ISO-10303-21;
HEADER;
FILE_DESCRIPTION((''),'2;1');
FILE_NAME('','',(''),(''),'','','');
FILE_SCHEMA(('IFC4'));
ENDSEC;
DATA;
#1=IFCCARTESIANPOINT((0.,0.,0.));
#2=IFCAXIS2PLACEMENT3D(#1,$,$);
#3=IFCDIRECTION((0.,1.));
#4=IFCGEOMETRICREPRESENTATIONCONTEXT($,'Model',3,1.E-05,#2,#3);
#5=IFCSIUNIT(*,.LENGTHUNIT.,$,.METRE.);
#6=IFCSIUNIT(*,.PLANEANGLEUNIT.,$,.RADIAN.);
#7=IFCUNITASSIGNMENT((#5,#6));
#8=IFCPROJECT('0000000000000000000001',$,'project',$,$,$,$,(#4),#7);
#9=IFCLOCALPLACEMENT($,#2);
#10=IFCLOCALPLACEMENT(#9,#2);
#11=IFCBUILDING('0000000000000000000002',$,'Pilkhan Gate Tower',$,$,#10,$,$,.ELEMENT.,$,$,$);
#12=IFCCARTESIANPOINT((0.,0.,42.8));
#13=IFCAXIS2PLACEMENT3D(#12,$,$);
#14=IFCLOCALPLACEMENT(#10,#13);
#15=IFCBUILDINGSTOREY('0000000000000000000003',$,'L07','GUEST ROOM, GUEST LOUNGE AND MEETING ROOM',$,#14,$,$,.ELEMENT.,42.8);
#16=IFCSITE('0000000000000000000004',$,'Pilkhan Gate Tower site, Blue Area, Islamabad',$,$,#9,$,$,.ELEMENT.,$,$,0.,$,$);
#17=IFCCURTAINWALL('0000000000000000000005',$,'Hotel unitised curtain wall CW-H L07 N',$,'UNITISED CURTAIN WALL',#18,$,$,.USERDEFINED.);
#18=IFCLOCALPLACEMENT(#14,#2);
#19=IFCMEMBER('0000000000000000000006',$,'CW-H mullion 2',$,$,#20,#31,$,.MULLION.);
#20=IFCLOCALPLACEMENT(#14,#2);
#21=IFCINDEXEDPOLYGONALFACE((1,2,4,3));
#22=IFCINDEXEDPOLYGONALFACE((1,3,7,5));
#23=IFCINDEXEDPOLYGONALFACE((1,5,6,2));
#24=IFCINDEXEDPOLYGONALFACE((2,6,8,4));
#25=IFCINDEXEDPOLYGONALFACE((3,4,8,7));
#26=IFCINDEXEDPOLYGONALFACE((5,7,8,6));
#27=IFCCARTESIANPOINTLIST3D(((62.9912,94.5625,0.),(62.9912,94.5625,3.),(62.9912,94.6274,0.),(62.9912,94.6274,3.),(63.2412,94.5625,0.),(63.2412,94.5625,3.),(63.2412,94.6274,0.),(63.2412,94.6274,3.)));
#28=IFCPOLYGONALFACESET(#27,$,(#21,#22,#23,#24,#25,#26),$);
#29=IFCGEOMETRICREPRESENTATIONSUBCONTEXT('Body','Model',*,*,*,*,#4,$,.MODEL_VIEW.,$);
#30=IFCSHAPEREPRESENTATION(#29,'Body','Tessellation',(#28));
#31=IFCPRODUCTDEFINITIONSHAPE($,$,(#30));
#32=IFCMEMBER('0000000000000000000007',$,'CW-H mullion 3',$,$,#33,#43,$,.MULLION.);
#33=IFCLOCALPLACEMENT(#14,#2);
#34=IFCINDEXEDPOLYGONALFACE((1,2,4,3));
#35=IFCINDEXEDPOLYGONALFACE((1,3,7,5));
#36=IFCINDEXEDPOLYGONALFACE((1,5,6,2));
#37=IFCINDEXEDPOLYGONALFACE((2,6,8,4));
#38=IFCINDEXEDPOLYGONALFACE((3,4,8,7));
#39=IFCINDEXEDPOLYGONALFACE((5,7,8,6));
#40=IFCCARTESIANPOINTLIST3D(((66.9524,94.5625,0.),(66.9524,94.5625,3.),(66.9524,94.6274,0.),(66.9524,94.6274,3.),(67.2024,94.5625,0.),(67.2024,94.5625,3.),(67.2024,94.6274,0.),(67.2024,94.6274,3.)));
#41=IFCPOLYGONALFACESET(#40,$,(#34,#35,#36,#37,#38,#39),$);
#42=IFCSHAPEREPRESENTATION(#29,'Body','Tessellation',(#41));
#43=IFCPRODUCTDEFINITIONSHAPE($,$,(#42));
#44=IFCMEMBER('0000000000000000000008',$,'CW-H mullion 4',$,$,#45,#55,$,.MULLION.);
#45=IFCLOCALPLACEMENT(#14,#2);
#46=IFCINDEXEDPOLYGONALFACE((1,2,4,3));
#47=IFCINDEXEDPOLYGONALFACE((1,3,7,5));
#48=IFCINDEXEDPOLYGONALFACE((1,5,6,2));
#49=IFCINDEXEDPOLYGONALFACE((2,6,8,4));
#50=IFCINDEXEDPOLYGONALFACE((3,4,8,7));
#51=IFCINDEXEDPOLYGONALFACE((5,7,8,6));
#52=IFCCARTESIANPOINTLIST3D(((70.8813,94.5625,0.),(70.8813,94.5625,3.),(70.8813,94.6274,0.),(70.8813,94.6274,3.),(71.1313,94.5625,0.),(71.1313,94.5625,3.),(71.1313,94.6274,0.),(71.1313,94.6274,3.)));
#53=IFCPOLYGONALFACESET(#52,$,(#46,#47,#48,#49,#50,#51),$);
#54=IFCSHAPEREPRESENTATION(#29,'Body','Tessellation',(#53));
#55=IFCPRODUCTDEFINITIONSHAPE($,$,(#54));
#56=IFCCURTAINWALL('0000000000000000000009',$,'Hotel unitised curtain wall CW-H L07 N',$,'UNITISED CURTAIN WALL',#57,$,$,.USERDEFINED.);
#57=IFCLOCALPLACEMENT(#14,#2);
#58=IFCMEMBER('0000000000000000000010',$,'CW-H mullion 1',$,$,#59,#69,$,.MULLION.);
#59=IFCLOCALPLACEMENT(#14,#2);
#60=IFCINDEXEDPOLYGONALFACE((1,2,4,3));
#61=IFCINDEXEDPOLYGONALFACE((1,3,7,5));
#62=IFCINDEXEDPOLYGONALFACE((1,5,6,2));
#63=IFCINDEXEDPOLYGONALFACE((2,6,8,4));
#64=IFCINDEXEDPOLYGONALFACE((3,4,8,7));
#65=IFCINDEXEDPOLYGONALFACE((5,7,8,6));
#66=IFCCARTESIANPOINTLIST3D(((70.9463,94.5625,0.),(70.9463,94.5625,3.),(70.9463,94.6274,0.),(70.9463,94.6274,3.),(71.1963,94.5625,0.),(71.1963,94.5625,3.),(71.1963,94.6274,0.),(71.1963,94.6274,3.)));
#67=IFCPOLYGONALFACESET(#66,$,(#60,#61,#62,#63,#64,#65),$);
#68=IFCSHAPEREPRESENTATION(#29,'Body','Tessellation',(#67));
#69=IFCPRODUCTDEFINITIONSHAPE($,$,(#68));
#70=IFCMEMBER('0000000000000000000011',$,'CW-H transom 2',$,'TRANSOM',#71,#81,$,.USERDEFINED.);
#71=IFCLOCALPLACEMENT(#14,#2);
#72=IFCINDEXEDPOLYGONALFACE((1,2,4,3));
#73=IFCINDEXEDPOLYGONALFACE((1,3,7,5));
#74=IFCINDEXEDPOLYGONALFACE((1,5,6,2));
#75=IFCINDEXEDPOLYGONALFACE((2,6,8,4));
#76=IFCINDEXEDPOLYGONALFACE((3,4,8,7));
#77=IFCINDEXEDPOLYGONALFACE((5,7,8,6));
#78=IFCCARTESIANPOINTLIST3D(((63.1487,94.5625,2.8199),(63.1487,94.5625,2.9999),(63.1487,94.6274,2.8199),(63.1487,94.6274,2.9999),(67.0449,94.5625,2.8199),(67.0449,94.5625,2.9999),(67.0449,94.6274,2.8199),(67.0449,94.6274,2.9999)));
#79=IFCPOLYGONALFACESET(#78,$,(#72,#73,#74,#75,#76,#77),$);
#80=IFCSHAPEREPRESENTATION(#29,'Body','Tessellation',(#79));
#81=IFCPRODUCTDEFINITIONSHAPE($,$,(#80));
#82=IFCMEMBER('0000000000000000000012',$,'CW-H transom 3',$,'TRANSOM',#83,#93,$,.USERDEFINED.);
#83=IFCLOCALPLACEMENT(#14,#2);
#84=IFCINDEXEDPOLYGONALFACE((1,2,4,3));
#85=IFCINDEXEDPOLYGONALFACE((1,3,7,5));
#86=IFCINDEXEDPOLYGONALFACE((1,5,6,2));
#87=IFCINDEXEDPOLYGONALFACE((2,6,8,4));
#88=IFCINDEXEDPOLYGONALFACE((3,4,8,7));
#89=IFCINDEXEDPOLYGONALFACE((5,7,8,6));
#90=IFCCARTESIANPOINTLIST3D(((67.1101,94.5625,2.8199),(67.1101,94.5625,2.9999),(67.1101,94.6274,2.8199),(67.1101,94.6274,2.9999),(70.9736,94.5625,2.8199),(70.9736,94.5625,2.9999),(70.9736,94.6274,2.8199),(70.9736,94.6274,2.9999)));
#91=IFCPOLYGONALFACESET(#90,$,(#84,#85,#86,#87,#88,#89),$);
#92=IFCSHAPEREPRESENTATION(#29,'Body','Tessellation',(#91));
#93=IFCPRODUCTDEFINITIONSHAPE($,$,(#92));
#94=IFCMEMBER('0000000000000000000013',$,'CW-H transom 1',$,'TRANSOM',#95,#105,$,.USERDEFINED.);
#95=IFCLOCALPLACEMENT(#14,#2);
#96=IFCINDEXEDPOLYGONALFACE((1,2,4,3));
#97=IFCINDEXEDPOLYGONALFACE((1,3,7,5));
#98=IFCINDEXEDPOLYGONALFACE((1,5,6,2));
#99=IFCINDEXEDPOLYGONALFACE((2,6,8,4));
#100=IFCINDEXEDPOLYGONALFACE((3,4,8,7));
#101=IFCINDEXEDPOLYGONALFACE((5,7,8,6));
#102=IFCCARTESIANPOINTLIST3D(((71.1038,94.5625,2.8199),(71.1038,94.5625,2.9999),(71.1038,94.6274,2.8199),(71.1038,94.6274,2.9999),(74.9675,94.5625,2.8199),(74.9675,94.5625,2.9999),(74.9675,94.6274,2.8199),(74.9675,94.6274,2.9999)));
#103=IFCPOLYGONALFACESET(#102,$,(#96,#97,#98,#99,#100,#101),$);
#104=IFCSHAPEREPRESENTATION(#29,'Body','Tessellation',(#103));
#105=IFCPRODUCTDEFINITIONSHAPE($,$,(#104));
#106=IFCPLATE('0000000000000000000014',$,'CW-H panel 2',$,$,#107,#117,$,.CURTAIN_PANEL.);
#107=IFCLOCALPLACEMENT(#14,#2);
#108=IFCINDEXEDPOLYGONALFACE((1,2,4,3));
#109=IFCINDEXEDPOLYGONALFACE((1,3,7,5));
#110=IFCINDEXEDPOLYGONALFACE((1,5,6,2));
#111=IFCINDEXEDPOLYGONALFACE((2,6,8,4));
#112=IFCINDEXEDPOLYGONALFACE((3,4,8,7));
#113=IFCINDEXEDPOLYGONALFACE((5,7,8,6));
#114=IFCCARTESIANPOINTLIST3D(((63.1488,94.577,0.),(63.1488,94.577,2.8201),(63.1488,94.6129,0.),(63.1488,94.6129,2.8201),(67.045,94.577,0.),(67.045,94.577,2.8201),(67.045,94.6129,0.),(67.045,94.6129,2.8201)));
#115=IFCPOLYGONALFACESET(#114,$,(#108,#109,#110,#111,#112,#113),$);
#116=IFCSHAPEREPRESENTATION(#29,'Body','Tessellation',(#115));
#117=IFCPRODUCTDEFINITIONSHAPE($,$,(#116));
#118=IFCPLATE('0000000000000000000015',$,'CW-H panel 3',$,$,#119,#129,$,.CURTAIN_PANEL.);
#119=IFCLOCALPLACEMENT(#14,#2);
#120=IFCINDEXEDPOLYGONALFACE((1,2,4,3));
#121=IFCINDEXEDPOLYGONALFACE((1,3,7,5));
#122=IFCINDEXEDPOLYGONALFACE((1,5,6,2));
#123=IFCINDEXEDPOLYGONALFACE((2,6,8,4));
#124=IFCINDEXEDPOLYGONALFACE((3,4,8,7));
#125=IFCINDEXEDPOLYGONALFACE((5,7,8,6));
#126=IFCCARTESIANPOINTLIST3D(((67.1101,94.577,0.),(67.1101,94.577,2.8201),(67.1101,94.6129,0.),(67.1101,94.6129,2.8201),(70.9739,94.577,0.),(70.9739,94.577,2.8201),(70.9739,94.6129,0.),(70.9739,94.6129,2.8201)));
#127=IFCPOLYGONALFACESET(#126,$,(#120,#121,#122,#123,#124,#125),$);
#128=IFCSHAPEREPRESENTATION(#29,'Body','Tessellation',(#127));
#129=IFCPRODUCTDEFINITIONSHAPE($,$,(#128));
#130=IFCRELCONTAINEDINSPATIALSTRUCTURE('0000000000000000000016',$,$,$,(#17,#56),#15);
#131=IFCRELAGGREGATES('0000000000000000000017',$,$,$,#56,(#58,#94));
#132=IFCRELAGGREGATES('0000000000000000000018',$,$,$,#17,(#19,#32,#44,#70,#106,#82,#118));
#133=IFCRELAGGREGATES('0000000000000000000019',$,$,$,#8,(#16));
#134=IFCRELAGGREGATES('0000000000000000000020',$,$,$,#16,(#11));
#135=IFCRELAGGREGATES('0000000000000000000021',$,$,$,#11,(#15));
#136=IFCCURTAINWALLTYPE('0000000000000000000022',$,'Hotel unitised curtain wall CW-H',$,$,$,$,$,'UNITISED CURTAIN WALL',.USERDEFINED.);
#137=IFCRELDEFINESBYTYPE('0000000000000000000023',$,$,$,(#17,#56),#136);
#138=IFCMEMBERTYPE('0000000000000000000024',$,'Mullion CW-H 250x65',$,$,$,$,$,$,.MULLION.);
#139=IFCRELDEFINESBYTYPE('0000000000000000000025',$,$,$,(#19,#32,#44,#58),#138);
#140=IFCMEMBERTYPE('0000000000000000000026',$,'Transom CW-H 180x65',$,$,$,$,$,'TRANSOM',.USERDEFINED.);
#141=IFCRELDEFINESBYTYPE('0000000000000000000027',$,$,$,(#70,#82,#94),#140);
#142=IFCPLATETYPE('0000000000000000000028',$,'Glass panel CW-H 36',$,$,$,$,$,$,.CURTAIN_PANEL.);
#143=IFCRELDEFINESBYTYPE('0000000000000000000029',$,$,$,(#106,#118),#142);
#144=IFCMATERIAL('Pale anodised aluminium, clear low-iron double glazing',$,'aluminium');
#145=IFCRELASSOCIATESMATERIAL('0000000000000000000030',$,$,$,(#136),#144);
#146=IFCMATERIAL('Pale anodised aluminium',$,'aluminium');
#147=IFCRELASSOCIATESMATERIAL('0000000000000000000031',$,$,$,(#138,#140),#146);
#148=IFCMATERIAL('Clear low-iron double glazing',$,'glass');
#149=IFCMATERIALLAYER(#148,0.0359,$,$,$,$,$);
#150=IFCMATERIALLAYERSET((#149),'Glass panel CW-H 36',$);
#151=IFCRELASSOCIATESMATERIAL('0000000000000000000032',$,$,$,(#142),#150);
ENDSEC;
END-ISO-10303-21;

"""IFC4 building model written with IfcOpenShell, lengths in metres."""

from ifc_helpers import new_model, si_unit, direction, frame, origin, origin_2d, place, context, subcontext, project, spatial, rectangle, extrude, material, layer, layer_set, material_profile, profile_set, type_object, element, aggregate, save


model = new_model("IFC4")

# Units and contexts
model_context = context("Model", 3, precision=1e-05, world=origin(), true_north=direction((0.0, 1.0)))
body_context = subcontext(model_context, "Body", "Model", "MODEL_VIEW")
ifc_project = project(units=[si_unit("LENGTHUNIT", "METRE"), si_unit("PLANEANGLEUNIT", "RADIAN")], contexts=[model_context])

# Site, building, storey
site_placement = place(None, origin())
site = spatial("IfcSite", under=ifc_project, at=site_placement, Name="Pilkhan Gate Tower site, Blue Area, Islamabad", CompositionType="ELEMENT", RefElevation=0.0)
building_placement = place(site_placement, origin())
building = spatial("IfcBuilding", under=site, at=building_placement, Name="Pilkhan Gate Tower", CompositionType="ELEMENT")
storey_placement = place(building_placement, frame((0.0, 0.0, 42.8)))
storey = spatial("IfcBuildingStorey", under=building, at=storey_placement, Name="L07", Description="GUEST ROOM, GUEST LOUNGE AND MEETING ROOM", CompositionType="ELEMENT", Elevation=42.8)

# Curtain wall, members
ifc_material_1 = material(Name="Pale anodised aluminium, clear low-iron double glazing", Category="aluminium")
curtain_wall_type = type_object("IfcCurtainWallType", Name="Hotel unitised curtain wall CW-H", ElementType="UNITISED CURTAIN WALL", PredefinedType="USERDEFINED", material=ifc_material_1)
curtain_wall_1_placement = place(storey_placement, origin())
curtain_wall_1 = element("IfcCurtainWall", 1, at=curtain_wall_1_placement, inside=storey, type_object=curtain_wall_type, Name="Hotel unitised curtain wall CW-H L07 N", ObjectType="UNITISED CURTAIN WALL", PredefinedType="USERDEFINED")
ifc_material_2 = material(Name="Pale anodised aluminium", Category="aluminium")
ifc_material_profile_1 = material_profile(ifc_material_2, rectangle(XDim=0.0649, YDim=0.25, at=origin_2d()), Name="Mullion 250x65")
ifc_profile_set_1 = profile_set([ifc_material_profile_1], Name="Pale anodised aluminium")
member_type_1 = type_object("IfcMemberType", Name="Mullion CW-H 250x65", PredefinedType="MULLION", material=ifc_profile_set_1)
member_1_placement = place(storey_placement, frame((63.1162, 94.595, 0.0), z_axis=(0.0, 0.0, 1.0), x_axis=(0.0, 1.0, 0.0)))
member_1 = element("IfcMember", 2, at=member_1_placement, type_object=member_type_1, Name="CW-H mullion 2", PredefinedType="MULLION", context=body_context, shape_type="SweptSolid", body=[
    extrude(rectangle(XDim=0.0649, YDim=0.25, at=origin_2d()), origin(), (0.0, 0.0, 1.0), 3.0),
])
member_2_placement = place(storey_placement, frame((67.0774, 94.595, 0.0), z_axis=(0.0, 0.0, 1.0), x_axis=(0.0, 1.0, 0.0)))
member_2 = element("IfcMember", 3, at=member_2_placement, type_object=member_type_1, Name="CW-H mullion 3", PredefinedType="MULLION", context=body_context, shape_type="SweptSolid", body=[
    extrude(rectangle(XDim=0.0649, YDim=0.25, at=origin_2d()), origin(), (0.0, 0.0, 1.0), 3.0),
])
member_3_placement = place(storey_placement, frame((71.0063, 94.595, 0.0), z_axis=(0.0, 0.0, 1.0), x_axis=(0.0, 1.0, 0.0)))
member_3 = element("IfcMember", 4, at=member_3_placement, type_object=member_type_1, Name="CW-H mullion 4", PredefinedType="MULLION", context=body_context, shape_type="SweptSolid", body=[
    extrude(rectangle(XDim=0.0649, YDim=0.25, at=origin_2d()), origin(), (0.0, 0.0, 1.0), 3.0),
])

# Curtain wall, member
curtain_wall_2_placement = place(storey_placement, origin())
curtain_wall_2 = element("IfcCurtainWall", 5, at=curtain_wall_2_placement, inside=storey, type_object=curtain_wall_type, Name="Hotel unitised curtain wall CW-H L07 N", ObjectType="UNITISED CURTAIN WALL", PredefinedType="USERDEFINED")
member_4_placement = place(storey_placement, frame((71.0713, 94.595, 0.0), z_axis=(0.0, 0.0, 1.0), x_axis=(0.0, 1.0, 0.0)))
member_4 = element("IfcMember", 6, at=member_4_placement, type_object=member_type_1, Name="CW-H mullion 1", PredefinedType="MULLION", context=body_context, shape_type="SweptSolid", body=[
    extrude(rectangle(XDim=0.0649, YDim=0.25, at=origin_2d()), origin(), (0.0, 0.0, 1.0), 3.0),
])

# Members
ifc_material_profile_2 = material_profile(ifc_material_2, rectangle(XDim=0.0649, YDim=0.1799, at=origin_2d()), Name="Transom 180x65")
ifc_profile_set_2 = profile_set([ifc_material_profile_2], Name="Pale anodised aluminium")
member_type_2 = type_object("IfcMemberType", Name="Transom CW-H 180x65", ElementType="TRANSOM", PredefinedType="USERDEFINED", material=ifc_profile_set_2)
member_5_placement = place(storey_placement, frame((63.1487, 94.595, 2.9099), z_axis=(1.0, 0.0, 0.0), x_axis=(0.0, 1.0, 0.0)))
member_5 = element("IfcMember", 7, at=member_5_placement, type_object=member_type_2, Name="CW-H transom 2", ObjectType="TRANSOM", PredefinedType="USERDEFINED", context=body_context, shape_type="SweptSolid", body=[
    extrude(rectangle(XDim=0.0649, YDim=0.1799, at=origin_2d()), origin(), (0.0, 0.0, 1.0), 3.8962),
])
member_6_placement = place(storey_placement, frame((67.1101, 94.595, 2.9099), z_axis=(1.0, 0.0, 0.0), x_axis=(0.0, 1.0, 0.0)))
member_6 = element("IfcMember", 8, at=member_6_placement, type_object=member_type_2, Name="CW-H transom 3", ObjectType="TRANSOM", PredefinedType="USERDEFINED", context=body_context, shape_type="SweptSolid", body=[
    extrude(rectangle(XDim=0.0649, YDim=0.1799, at=origin_2d()), origin(), (0.0, 0.0, 1.0), 3.8635),
])
member_7_placement = place(storey_placement, frame((71.1038, 94.595, 2.9099), z_axis=(1.0, 0.0, 0.0), x_axis=(0.0, 1.0, 0.0)))
member_7 = element("IfcMember", 9, at=member_7_placement, type_object=member_type_2, Name="CW-H transom 1", ObjectType="TRANSOM", PredefinedType="USERDEFINED", context=body_context, shape_type="SweptSolid", body=[
    extrude(rectangle(XDim=0.0649, YDim=0.1799, at=origin_2d()), origin(), (0.0, 0.0, 1.0), 3.8638),
])
aggregate(curtain_wall_2, [member_4, member_7])

# Plates
ifc_material_3 = material(Name="Clear low-iron double glazing", Category="glass")
ifc_layer_1 = layer(ifc_material_3, 0.0359)
ifc_layer_set_1 = layer_set([ifc_layer_1], Name="Glass panel CW-H 36")
plate_type = type_object("IfcPlateType", Name="Glass panel CW-H 36", PredefinedType="CURTAIN_PANEL", material=ifc_layer_set_1)
plate_1_placement = place(storey_placement, frame((65.0969, 94.595, 0.0), z_axis=(0.0, 0.0, 1.0), x_axis=(1.0, 0.0, 0.0)))
plate_1 = element("IfcPlate", 10, at=plate_1_placement, type_object=plate_type, Name="CW-H panel 2", PredefinedType="CURTAIN_PANEL", context=body_context, shape_type="SweptSolid", body=[
    extrude(rectangle(XDim=3.8962, YDim=0.0359, at=origin_2d()), origin(), (0.0, 0.0, 1.0), 2.8201),
])
plate_2_placement = place(storey_placement, frame((69.042, 94.595, 0.0), z_axis=(0.0, 0.0, 1.0), x_axis=(1.0, 0.0, 0.0)))
plate_2 = element("IfcPlate", 11, at=plate_2_placement, type_object=plate_type, Name="CW-H panel 3", PredefinedType="CURTAIN_PANEL", context=body_context, shape_type="SweptSolid", body=[
    extrude(rectangle(XDim=3.8638, YDim=0.0359, at=origin_2d()), origin(), (0.0, 0.0, 1.0), 2.8201),
])
aggregate(curtain_wall_1, [member_1, member_2, member_3, member_5, plate_1, member_6, plate_2])

save(model, "model.ifc")
